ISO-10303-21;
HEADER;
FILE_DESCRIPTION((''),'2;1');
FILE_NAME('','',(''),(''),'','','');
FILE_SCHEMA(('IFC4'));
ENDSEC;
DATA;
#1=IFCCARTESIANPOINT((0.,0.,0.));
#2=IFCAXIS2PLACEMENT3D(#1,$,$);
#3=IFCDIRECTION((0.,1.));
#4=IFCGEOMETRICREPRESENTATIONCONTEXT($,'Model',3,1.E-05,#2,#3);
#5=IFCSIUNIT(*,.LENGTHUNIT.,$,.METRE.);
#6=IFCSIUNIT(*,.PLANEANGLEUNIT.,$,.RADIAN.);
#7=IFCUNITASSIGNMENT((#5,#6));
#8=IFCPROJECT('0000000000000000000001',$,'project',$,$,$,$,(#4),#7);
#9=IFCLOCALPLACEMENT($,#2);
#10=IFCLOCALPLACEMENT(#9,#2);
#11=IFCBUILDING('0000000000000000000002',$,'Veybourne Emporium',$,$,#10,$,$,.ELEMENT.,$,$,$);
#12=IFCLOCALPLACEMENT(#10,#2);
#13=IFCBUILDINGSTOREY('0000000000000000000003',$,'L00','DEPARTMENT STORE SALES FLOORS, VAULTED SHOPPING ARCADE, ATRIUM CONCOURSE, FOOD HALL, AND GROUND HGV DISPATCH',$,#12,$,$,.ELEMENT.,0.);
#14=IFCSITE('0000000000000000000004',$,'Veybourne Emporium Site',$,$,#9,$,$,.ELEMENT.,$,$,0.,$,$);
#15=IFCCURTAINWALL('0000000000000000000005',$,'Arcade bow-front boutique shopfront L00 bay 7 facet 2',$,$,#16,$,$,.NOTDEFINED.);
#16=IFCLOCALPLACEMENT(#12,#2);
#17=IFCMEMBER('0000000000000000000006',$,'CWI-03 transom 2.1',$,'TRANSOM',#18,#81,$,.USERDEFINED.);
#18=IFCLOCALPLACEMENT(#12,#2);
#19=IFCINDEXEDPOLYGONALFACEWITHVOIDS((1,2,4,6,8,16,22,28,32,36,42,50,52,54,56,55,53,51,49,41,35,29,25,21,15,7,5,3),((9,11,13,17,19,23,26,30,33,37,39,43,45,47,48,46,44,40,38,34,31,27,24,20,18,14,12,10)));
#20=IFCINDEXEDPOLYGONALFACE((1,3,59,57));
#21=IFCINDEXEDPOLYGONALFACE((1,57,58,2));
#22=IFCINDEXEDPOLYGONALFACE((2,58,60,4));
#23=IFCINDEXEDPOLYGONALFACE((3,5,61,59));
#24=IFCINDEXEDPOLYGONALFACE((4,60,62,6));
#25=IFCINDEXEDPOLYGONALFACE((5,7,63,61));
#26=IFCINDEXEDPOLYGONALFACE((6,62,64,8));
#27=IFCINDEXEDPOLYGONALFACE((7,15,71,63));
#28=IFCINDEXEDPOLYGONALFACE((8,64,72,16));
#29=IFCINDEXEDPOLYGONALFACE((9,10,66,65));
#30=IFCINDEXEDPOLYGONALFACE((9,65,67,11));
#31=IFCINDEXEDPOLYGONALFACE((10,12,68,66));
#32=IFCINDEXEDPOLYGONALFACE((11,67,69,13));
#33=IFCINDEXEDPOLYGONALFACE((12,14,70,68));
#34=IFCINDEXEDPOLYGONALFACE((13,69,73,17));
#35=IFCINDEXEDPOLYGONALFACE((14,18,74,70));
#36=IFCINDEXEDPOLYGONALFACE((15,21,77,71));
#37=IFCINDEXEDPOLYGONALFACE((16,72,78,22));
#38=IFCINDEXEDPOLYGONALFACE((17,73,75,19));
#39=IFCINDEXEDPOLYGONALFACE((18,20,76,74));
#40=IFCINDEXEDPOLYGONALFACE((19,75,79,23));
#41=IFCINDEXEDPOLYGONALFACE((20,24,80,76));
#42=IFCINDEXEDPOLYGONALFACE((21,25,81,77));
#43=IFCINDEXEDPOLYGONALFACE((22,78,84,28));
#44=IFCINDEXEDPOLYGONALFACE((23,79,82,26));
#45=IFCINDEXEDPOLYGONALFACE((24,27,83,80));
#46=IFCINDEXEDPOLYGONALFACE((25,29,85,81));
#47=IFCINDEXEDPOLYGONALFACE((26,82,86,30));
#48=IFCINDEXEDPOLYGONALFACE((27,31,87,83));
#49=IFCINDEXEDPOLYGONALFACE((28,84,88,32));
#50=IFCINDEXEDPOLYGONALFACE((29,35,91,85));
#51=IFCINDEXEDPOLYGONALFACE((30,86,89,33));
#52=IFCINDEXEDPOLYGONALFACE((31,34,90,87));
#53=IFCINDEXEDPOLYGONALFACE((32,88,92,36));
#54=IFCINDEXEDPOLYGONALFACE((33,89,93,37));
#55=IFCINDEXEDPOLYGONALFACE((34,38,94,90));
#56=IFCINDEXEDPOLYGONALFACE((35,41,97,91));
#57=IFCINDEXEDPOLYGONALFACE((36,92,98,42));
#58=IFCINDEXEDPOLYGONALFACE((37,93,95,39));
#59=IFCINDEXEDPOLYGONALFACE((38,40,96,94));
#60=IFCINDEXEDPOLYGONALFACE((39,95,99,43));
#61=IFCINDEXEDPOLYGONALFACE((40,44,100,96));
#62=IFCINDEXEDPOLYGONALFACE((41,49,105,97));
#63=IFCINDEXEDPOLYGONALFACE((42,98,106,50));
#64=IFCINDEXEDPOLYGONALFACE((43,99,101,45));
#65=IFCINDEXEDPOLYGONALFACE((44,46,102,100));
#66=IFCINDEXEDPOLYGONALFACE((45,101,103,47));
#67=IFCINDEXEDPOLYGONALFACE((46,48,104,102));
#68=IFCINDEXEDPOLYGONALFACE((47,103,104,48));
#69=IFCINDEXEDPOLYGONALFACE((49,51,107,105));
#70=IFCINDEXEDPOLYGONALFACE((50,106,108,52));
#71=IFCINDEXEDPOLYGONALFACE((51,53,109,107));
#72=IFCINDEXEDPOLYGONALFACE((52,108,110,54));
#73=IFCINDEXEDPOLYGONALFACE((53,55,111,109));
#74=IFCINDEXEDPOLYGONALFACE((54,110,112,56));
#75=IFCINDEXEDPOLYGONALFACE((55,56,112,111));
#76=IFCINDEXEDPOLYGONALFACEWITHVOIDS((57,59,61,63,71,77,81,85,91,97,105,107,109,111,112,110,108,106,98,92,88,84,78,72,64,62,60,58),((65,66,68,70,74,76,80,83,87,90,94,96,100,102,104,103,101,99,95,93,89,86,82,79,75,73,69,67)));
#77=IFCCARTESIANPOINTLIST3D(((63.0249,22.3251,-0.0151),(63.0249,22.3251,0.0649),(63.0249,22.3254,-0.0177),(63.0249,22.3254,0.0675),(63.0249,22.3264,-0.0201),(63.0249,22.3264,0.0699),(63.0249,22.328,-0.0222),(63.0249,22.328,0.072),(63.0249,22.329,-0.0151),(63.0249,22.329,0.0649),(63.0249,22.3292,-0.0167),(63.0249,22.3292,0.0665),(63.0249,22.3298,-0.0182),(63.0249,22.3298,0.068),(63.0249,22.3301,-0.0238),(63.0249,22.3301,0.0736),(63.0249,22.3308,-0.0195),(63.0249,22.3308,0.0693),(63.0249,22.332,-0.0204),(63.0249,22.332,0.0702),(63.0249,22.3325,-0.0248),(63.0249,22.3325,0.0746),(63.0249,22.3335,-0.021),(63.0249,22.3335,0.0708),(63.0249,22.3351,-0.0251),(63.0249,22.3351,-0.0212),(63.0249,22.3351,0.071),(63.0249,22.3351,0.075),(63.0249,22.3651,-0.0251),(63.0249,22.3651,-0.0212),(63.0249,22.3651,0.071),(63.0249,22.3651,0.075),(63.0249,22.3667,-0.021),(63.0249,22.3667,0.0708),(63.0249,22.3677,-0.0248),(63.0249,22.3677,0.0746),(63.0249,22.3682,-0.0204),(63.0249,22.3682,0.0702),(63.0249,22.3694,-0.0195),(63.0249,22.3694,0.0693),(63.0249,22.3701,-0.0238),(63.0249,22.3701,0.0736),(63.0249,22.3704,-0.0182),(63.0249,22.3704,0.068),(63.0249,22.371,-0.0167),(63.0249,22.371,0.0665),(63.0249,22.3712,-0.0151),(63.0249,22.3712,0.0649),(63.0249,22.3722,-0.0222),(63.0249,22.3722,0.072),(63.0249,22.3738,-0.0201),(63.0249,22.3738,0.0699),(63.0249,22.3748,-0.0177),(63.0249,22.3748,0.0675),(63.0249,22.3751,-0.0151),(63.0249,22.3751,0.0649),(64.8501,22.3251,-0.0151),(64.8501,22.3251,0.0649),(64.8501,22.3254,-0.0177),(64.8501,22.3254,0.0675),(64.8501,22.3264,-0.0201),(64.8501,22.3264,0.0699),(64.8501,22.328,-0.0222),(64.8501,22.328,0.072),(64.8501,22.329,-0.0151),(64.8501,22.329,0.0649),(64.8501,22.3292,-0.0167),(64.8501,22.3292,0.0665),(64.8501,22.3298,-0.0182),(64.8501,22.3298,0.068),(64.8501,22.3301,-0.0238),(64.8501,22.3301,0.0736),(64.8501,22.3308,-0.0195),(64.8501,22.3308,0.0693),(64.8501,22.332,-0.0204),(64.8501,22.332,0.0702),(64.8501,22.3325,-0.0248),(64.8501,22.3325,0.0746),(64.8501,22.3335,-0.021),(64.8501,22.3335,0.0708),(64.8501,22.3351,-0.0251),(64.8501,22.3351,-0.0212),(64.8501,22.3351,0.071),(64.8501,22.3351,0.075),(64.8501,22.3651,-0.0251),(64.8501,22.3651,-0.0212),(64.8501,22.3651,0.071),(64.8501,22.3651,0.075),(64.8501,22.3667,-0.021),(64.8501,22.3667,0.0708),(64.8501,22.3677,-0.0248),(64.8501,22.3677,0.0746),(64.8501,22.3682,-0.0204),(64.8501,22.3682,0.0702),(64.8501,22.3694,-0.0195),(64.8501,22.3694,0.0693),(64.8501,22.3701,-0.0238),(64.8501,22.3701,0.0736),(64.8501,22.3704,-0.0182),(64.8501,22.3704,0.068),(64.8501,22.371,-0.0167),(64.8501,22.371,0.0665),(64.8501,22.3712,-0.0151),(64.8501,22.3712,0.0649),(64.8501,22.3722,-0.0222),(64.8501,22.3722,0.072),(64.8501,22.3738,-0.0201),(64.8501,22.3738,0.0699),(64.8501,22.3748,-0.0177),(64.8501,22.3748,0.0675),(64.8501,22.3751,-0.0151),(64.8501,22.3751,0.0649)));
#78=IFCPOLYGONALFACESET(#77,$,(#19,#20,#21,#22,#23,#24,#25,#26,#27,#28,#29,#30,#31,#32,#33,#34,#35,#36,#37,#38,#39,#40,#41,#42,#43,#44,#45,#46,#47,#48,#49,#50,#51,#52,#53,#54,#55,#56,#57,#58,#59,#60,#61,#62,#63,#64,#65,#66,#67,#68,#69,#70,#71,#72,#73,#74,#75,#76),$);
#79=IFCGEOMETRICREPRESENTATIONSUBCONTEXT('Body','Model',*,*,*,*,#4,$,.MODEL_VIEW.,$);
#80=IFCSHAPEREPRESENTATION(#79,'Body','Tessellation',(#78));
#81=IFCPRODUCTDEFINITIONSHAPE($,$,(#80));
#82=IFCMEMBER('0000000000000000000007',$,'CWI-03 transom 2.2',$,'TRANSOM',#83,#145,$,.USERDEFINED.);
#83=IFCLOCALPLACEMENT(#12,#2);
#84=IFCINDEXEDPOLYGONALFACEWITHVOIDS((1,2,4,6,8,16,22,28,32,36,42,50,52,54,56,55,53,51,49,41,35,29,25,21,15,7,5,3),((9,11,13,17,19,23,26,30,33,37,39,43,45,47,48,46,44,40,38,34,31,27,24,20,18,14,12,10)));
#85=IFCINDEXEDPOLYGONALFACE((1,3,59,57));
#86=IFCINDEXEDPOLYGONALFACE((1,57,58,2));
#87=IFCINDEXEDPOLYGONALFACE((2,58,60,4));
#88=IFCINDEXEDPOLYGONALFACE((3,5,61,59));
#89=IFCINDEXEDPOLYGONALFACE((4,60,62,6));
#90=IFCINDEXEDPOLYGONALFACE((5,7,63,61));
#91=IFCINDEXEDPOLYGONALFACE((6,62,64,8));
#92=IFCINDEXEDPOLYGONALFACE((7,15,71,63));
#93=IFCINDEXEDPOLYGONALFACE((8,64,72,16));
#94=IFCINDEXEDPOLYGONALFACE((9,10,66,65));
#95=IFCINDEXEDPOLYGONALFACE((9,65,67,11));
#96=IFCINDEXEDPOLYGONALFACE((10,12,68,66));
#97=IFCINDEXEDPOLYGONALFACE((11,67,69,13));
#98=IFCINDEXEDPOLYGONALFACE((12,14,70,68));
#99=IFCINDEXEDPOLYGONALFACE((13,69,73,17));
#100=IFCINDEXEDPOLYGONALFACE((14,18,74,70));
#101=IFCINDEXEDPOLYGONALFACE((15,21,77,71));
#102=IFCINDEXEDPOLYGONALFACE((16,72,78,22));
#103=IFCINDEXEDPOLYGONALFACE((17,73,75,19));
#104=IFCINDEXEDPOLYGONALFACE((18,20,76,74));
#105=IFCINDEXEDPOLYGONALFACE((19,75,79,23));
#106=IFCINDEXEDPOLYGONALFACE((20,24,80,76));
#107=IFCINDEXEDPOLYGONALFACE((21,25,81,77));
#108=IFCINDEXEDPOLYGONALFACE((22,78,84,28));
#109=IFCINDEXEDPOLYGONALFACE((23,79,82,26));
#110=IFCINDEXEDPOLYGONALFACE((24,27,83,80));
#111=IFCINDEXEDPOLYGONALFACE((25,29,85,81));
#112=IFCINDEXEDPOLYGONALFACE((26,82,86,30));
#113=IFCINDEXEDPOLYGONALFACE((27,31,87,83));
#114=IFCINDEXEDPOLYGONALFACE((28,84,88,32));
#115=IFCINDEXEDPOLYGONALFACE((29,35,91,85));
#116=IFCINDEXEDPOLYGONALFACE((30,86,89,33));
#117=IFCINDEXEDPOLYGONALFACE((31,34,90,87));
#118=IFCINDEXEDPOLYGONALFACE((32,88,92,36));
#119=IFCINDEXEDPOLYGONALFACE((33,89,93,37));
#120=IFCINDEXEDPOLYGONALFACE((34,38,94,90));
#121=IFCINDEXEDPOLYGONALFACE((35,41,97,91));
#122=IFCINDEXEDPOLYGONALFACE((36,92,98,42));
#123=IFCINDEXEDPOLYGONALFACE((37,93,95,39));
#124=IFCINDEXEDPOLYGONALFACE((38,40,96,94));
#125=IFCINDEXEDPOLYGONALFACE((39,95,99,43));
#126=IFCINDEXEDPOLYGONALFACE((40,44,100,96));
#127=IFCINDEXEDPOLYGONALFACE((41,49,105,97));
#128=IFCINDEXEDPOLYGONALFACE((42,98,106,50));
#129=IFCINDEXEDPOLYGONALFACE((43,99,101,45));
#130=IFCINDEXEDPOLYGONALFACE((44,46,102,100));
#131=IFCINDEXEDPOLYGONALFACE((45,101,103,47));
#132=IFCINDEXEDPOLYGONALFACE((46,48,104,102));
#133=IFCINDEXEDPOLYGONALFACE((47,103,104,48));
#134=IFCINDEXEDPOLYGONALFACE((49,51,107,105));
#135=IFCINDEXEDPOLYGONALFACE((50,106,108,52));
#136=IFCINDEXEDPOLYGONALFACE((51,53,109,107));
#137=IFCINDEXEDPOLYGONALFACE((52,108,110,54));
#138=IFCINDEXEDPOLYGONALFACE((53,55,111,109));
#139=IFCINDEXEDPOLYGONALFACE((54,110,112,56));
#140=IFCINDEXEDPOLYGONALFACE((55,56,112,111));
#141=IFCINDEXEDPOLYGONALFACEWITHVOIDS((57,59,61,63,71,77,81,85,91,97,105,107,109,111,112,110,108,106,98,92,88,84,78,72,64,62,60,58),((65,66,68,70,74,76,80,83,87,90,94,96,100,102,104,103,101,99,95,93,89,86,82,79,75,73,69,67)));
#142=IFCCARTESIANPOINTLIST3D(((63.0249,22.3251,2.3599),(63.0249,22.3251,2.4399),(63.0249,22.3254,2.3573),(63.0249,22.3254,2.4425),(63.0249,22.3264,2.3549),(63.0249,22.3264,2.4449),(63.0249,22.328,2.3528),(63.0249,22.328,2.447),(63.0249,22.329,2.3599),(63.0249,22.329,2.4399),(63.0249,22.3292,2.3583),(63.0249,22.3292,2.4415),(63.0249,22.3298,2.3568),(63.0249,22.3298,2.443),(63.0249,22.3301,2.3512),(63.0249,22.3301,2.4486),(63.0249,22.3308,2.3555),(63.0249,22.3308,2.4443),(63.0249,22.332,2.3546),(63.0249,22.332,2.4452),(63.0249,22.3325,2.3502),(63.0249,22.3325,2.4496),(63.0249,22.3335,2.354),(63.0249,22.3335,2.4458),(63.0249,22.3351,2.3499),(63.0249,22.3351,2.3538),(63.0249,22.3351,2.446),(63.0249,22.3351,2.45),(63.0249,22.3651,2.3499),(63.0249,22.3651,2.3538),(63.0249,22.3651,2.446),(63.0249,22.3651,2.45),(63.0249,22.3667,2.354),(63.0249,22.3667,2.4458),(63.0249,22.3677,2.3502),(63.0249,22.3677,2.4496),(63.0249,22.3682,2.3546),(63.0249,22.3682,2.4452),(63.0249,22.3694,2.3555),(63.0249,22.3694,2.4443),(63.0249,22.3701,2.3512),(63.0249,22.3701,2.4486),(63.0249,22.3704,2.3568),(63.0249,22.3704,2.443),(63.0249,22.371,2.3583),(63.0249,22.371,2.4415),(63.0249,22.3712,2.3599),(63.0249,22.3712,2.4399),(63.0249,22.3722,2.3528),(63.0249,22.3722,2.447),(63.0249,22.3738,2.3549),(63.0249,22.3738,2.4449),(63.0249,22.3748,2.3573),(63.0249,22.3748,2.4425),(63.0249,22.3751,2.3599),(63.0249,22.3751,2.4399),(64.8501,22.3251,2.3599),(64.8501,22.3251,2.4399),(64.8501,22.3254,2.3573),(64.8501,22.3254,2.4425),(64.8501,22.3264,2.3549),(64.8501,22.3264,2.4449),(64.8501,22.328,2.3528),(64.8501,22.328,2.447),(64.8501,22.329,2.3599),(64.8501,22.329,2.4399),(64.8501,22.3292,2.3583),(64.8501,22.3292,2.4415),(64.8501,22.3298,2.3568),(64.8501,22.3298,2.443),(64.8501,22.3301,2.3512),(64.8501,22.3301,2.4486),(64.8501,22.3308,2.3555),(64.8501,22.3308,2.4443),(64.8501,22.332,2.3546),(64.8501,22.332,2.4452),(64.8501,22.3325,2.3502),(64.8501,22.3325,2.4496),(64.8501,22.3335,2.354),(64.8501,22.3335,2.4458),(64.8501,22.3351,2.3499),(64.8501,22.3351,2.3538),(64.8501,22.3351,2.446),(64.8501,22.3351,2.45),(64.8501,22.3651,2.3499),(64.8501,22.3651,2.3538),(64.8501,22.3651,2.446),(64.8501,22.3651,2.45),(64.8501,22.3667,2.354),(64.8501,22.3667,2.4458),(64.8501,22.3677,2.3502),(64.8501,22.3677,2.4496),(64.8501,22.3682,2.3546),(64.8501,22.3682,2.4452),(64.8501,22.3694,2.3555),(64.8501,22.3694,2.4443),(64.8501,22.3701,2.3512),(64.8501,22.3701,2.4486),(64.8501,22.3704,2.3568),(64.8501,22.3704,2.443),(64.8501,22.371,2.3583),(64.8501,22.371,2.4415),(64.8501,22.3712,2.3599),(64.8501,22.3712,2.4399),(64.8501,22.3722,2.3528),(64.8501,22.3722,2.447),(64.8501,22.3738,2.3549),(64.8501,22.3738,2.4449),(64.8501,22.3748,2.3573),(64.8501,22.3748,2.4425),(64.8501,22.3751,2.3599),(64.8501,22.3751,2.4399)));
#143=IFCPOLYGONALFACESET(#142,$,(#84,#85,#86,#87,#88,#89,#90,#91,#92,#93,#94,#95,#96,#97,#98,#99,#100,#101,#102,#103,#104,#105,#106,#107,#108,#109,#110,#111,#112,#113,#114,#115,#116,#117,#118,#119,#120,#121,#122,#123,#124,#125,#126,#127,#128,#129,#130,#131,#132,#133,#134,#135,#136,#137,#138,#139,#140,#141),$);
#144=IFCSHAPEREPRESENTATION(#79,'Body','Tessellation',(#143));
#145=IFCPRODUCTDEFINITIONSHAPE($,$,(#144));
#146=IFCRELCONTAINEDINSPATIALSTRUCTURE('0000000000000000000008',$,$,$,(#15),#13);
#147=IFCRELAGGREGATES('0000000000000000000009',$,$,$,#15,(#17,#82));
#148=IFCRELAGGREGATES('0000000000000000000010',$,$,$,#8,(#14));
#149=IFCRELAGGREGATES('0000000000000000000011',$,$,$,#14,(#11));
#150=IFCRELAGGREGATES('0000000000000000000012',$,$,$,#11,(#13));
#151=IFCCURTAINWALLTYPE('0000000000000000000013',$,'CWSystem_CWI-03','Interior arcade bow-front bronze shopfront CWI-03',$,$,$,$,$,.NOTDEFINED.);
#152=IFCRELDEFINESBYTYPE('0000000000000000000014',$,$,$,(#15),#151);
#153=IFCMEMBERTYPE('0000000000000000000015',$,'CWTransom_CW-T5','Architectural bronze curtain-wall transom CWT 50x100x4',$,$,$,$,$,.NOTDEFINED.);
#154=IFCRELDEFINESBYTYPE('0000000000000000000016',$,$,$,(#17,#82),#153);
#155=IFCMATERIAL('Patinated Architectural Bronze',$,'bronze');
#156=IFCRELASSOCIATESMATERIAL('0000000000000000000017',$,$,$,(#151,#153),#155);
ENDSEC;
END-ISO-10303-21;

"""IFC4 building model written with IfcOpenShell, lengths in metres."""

from ifc_helpers import new_model, si_unit, direction, frame, origin, origin_2d, place, context, subcontext, project, spatial, hollow_rectangle, extrude, material, material_profile, profile_set, type_object, element, aggregate, save


model = new_model("IFC4")

# Units and contexts
model_context = context("Model", 3, precision=1e-05, world=origin(), true_north=direction((0.0, 1.0)))
body_context = subcontext(model_context, "Body", "Model", "MODEL_VIEW")
ifc_project = project(units=[si_unit("LENGTHUNIT", "METRE"), si_unit("PLANEANGLEUNIT", "RADIAN")], contexts=[model_context])

# Site, building, storey
site_placement = place(None, origin())
site = spatial("IfcSite", under=ifc_project, at=site_placement, Name="Veybourne Emporium Site", CompositionType="ELEMENT", RefElevation=0.0)
building_placement = place(site_placement, origin())
building = spatial("IfcBuilding", under=site, at=building_placement, Name="Veybourne Emporium", CompositionType="ELEMENT")
storey_placement = place(building_placement, origin())
storey = spatial("IfcBuildingStorey", under=building, at=storey_placement, Name="L00", Description="DEPARTMENT STORE SALES FLOORS, VAULTED SHOPPING ARCADE, ATRIUM CONCOURSE, FOOD HALL, AND GROUND HGV DISPATCH", CompositionType="ELEMENT", Elevation=0.0)

# Shared definitions
ifc_material_1 = material(Name="Patinated Architectural Bronze", Category="bronze")

# Curtain wall, members
curtain_wall_type_1 = type_object("IfcCurtainWallType", Name="CWSystem_CWI-03", Description="Interior arcade bow-front bronze shopfront CWI-03", PredefinedType="NOTDEFINED", material=ifc_material_1)
curtain_wall_1_placement = place(storey_placement, origin())
curtain_wall_1 = element("IfcCurtainWall", 1, at=curtain_wall_1_placement, inside=storey, type_object=curtain_wall_type_1, Name="Arcade bow-front boutique shopfront L00 bay 7 facet 2", PredefinedType="NOTDEFINED")
ifc_material_profile_1 = material_profile(ifc_material_1, hollow_rectangle(XDim=0.05, YDim=0.1001, WallThickness=0.0039, InnerFilletRadius=0.0061, OuterFilletRadius=0.01, at=origin_2d()), Name="CWT 50x100x4")
ifc_profile_set_1 = profile_set([ifc_material_profile_1], Name="Patinated Architectural Bronze")
member_type_1 = type_object("IfcMemberType", Name="CWTransom_CW-T5", Description="Architectural bronze curtain-wall transom CWT 50x100x4", PredefinedType="NOTDEFINED", material=ifc_profile_set_1)
member_1_placement = place(storey_placement, frame((63.0249, 22.3501, 0.0249), z_axis=(1.0, 0.0, 0.0), x_axis=(0.0, 1.0, 0.0)))
member_1 = element("IfcMember", 2, at=member_1_placement, type_object=member_type_1, Name="CWI-03 transom 2.1", ObjectType="TRANSOM", PredefinedType="USERDEFINED", context=body_context, shape_type="SweptSolid", body=[
    extrude(hollow_rectangle(XDim=0.05, YDim=0.1001, WallThickness=0.0039, InnerFilletRadius=0.0061, OuterFilletRadius=0.01, at=origin_2d()), origin(), (0.0, 0.0, 1.0), 1.8252),
])
member_2_placement = place(storey_placement, frame((63.0249, 22.3501, 2.3999), z_axis=(1.0, 0.0, 0.0), x_axis=(0.0, 1.0, 0.0)))
member_2 = element("IfcMember", 3, at=member_2_placement, type_object=member_type_1, Name="CWI-03 transom 2.2", ObjectType="TRANSOM", PredefinedType="USERDEFINED", context=body_context, shape_type="SweptSolid", body=[
    extrude(hollow_rectangle(XDim=0.05, YDim=0.1001, WallThickness=0.0039, InnerFilletRadius=0.0061, OuterFilletRadius=0.01, at=origin_2d()), origin(), (0.0, 0.0, 1.0), 1.8252),
])

aggregate(curtain_wall_1, [member_1, member_2])

save(model, "model.ifc")
